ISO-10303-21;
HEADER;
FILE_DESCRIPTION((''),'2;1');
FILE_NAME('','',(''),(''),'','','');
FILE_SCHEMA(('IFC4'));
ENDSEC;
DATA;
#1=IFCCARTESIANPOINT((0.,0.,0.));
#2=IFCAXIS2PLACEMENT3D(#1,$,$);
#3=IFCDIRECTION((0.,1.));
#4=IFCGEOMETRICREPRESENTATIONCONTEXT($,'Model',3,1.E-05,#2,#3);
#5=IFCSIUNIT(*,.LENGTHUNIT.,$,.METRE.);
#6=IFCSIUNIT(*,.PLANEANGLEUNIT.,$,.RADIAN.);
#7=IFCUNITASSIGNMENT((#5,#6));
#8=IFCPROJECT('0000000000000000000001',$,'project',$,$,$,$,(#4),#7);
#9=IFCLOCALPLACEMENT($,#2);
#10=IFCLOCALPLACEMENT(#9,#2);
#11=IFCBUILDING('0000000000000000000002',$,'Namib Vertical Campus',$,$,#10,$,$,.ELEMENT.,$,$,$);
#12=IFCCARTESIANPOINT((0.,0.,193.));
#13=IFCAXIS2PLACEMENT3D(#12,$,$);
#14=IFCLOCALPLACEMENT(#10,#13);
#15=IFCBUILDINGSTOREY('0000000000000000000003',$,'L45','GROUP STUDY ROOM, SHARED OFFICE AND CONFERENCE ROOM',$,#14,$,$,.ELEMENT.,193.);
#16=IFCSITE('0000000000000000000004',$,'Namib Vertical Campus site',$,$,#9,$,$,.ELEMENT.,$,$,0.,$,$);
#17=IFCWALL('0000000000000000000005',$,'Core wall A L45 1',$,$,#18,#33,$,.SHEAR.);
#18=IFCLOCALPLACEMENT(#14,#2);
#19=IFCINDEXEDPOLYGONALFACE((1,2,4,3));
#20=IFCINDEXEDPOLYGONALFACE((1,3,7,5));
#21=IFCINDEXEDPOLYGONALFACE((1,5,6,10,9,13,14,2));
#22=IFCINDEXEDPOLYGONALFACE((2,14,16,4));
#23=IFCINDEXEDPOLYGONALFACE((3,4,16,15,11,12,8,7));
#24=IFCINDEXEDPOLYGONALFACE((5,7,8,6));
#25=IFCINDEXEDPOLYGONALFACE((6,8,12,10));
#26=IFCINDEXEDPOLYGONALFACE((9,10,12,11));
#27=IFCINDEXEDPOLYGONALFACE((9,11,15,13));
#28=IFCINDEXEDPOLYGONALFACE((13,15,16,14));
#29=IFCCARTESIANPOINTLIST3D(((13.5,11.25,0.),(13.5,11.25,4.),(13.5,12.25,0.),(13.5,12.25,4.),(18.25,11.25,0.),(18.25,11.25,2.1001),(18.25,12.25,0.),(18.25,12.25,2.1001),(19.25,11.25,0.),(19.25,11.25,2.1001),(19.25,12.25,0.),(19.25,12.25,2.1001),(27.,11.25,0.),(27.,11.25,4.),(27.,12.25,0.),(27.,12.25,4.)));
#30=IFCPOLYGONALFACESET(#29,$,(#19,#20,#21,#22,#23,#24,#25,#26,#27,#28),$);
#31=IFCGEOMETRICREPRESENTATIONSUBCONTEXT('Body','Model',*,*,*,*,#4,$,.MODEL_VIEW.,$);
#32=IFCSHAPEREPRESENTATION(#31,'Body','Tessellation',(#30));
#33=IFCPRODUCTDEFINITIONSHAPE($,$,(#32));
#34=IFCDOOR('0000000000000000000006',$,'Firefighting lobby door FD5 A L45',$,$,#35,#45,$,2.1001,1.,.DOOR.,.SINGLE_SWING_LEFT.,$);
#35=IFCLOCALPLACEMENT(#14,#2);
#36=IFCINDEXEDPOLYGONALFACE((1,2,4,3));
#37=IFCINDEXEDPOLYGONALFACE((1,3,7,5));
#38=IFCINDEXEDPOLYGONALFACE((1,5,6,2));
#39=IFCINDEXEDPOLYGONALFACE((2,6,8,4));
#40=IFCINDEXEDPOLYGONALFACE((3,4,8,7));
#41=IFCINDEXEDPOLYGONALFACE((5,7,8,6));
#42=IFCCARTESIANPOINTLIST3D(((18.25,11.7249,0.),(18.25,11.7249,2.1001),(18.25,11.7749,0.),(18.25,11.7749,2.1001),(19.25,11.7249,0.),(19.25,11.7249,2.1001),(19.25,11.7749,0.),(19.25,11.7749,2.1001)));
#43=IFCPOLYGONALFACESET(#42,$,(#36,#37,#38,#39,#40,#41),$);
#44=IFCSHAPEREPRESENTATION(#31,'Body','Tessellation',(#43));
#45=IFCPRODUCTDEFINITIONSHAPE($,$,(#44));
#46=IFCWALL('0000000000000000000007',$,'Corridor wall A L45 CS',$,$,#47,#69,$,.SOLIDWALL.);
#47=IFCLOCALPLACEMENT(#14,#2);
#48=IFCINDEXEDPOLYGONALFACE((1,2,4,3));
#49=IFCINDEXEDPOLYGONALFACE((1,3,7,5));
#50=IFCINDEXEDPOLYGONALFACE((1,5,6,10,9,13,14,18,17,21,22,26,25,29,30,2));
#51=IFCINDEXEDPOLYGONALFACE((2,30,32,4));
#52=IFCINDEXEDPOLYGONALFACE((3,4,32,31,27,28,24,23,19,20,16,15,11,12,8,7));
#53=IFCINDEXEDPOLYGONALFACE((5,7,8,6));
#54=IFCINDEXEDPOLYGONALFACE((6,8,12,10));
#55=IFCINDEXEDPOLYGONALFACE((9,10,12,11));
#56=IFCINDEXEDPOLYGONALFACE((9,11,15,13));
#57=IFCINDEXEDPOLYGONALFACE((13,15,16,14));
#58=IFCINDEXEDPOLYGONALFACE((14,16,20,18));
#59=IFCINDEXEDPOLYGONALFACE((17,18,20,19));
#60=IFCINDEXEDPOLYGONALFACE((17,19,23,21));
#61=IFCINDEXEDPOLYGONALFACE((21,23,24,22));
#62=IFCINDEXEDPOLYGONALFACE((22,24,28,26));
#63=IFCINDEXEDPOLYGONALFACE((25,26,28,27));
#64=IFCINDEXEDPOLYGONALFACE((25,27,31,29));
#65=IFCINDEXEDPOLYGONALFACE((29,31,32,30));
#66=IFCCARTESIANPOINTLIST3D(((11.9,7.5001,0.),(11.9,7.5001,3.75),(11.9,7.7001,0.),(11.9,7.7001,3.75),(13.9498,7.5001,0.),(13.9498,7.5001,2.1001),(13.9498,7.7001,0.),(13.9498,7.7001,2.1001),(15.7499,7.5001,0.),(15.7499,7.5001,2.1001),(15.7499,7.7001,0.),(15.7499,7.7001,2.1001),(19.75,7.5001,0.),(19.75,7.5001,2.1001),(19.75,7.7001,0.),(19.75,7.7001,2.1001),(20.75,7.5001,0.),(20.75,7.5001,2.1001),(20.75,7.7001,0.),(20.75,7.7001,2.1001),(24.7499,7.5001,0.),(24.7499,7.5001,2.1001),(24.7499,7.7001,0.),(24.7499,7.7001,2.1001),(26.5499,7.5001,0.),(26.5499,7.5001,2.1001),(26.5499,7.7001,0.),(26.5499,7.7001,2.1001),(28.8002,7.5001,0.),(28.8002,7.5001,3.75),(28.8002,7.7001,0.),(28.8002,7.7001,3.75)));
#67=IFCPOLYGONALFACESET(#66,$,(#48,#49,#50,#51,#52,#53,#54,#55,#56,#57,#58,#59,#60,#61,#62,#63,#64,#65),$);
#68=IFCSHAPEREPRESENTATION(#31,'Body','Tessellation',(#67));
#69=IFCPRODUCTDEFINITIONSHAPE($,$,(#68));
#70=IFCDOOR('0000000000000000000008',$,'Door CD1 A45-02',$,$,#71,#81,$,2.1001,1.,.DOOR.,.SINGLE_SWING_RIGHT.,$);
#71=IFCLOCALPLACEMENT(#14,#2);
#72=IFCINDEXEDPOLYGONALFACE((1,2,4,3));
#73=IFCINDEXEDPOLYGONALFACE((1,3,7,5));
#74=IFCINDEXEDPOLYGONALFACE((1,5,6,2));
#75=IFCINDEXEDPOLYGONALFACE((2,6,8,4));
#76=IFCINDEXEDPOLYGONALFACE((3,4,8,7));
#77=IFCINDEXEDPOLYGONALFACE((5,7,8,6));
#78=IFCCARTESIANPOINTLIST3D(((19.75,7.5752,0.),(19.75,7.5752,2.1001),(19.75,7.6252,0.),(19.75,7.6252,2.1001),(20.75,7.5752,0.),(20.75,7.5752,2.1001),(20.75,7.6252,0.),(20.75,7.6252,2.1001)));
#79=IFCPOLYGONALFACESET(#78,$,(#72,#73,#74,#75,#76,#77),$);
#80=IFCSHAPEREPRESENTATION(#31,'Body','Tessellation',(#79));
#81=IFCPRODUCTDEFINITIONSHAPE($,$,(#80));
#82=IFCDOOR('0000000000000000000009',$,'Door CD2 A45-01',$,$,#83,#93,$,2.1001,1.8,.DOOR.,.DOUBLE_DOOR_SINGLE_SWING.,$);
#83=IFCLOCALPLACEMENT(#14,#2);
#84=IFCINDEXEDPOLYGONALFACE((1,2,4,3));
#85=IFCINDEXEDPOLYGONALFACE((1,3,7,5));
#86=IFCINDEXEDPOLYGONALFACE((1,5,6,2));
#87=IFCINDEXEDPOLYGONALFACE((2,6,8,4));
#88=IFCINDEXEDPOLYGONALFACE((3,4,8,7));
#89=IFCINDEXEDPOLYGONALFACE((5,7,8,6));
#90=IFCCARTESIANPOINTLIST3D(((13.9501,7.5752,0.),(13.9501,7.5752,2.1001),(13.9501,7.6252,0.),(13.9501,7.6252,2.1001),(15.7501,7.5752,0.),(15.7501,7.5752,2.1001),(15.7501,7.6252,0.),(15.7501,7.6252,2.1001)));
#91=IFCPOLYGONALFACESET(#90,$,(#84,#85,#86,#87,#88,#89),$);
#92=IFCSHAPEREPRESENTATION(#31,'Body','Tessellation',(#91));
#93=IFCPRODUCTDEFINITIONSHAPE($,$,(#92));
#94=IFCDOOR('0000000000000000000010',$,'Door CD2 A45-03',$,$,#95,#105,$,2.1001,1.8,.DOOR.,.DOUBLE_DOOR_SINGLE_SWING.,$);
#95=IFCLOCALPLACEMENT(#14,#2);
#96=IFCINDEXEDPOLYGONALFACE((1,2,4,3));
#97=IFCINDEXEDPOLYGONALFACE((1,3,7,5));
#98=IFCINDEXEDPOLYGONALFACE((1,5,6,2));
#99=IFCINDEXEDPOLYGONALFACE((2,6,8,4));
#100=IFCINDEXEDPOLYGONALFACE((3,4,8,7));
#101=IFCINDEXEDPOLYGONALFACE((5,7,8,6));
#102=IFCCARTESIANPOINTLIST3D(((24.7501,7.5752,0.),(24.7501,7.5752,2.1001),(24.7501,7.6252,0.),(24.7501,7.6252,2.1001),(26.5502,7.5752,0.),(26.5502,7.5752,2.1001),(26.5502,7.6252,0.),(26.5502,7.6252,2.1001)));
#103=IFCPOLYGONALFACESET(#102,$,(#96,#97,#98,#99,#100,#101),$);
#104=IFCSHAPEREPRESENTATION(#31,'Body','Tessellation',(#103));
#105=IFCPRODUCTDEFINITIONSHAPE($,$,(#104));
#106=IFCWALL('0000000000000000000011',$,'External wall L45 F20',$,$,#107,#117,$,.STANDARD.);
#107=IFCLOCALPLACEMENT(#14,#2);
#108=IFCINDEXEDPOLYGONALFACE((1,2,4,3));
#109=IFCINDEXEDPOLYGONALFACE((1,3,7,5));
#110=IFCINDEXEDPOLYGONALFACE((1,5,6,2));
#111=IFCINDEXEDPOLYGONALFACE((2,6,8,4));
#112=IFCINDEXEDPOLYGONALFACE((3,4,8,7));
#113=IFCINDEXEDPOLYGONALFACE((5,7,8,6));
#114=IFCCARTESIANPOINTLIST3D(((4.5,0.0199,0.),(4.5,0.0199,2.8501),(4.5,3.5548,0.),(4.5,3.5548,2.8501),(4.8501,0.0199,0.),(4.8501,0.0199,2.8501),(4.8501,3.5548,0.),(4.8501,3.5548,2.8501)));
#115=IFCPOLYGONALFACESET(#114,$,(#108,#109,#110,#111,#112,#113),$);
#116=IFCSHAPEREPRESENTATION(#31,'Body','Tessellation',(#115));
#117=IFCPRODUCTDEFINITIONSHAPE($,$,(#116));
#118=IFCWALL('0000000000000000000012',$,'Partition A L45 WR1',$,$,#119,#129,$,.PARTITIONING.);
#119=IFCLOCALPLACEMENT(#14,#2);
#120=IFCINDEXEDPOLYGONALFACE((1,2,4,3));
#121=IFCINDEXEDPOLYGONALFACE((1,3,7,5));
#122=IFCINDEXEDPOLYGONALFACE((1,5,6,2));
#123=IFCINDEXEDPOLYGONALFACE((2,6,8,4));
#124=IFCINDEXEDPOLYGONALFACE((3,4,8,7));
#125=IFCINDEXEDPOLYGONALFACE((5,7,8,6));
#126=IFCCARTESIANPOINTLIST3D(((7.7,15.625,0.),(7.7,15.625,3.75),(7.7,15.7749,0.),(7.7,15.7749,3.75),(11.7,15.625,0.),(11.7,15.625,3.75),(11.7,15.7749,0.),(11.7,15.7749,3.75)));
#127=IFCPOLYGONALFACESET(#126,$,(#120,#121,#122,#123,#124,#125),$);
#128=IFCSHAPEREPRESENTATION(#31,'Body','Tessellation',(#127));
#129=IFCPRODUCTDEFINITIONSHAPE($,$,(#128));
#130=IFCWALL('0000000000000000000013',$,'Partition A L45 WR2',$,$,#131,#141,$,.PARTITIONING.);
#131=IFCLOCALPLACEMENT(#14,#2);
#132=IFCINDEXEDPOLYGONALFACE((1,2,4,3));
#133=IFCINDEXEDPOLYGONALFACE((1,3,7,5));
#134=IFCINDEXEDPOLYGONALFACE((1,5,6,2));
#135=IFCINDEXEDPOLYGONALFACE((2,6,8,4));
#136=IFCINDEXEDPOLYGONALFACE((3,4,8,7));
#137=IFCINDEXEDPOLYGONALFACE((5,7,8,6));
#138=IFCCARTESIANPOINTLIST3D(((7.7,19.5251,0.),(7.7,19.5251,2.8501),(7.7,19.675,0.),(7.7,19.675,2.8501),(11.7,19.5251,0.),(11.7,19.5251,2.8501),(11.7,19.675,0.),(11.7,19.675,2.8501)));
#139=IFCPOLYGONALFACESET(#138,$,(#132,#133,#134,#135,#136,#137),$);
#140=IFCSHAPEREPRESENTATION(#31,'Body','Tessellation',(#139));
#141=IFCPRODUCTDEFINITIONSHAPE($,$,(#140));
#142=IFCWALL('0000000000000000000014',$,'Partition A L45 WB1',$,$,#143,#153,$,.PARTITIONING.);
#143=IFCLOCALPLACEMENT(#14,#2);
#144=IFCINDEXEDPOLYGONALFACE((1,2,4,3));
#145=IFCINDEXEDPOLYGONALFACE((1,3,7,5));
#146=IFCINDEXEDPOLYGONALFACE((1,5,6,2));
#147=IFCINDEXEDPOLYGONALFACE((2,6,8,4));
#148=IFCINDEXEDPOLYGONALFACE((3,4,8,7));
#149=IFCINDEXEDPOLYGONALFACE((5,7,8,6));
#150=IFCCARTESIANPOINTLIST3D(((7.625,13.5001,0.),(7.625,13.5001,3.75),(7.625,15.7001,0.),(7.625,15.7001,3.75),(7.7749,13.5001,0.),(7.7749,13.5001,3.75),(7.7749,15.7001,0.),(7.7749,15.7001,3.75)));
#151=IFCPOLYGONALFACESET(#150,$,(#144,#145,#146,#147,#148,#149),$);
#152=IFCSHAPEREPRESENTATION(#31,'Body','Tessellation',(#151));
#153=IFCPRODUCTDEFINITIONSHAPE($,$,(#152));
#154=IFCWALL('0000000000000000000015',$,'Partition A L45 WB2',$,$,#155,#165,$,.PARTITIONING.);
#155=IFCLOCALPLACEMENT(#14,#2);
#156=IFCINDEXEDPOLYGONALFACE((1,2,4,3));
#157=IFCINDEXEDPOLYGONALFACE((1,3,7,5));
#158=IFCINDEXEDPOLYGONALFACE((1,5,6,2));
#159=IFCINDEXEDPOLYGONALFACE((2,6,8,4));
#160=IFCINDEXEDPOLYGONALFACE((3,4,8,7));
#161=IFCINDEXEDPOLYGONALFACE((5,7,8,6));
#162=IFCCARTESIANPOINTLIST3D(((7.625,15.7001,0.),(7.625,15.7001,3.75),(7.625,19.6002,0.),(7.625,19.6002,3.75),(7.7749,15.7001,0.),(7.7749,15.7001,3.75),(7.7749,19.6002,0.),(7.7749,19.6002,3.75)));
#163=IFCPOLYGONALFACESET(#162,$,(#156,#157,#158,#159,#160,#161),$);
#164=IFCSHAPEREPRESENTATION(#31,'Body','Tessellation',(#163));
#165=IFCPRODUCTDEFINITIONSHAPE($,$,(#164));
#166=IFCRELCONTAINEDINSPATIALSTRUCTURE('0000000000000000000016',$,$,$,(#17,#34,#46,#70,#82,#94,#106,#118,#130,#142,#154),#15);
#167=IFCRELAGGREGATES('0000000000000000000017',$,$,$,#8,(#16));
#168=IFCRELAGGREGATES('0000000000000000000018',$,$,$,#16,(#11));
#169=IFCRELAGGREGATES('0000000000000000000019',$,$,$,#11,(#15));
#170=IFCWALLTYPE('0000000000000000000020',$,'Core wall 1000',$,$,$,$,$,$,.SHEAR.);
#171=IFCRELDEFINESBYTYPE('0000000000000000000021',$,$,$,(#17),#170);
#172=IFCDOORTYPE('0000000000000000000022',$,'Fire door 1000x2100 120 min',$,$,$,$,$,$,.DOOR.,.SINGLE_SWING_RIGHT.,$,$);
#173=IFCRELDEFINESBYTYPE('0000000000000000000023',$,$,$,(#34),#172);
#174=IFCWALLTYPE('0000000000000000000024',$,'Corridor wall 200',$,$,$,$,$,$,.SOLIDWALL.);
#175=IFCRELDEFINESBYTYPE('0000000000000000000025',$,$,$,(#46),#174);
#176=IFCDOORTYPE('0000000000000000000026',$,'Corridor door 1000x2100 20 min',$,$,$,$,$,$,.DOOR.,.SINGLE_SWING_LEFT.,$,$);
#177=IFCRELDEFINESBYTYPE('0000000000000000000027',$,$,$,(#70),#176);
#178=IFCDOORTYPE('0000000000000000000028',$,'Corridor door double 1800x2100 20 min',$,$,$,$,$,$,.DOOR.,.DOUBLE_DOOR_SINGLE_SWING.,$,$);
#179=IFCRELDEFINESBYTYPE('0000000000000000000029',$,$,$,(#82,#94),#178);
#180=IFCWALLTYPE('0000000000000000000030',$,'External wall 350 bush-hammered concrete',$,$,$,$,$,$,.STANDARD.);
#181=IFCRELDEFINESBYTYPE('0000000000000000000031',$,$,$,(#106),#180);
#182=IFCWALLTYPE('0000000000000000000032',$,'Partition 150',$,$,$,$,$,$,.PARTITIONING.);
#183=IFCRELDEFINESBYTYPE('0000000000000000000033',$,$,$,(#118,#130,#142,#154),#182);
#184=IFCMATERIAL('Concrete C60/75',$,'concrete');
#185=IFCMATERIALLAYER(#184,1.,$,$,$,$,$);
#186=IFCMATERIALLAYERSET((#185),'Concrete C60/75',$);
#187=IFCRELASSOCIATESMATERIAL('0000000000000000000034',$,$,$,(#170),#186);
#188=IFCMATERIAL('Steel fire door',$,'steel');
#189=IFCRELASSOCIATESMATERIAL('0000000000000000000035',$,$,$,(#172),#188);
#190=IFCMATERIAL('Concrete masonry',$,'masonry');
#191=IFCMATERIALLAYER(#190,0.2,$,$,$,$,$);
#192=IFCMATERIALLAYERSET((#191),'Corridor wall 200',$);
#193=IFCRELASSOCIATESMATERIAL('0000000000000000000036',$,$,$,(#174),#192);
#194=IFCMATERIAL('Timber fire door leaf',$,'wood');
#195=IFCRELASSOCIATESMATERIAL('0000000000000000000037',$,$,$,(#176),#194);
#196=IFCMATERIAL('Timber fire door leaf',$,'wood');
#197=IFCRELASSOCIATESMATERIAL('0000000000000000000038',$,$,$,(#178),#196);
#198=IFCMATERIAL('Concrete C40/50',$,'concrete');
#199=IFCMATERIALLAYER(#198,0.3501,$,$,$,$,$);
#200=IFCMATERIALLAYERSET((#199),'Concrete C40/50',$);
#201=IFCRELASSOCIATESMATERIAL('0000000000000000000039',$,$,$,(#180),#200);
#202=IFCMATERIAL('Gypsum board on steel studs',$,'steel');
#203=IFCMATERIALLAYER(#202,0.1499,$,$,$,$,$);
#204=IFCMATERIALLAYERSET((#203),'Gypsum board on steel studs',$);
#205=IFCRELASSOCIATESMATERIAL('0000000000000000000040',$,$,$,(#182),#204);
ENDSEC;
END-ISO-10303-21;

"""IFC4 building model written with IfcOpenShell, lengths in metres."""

from ifc_helpers import new_model, si_unit, direction, frame, frame_2d, origin, place, context, subcontext, project, spatial, rectangle, extrude, material, layer, layer_set, type_object, element, fill, save


model = new_model("IFC4")

# Units and contexts
model_context = context("Model", 3, precision=1e-05, world=origin(), true_north=direction((0.0, 1.0)))
body_context = subcontext(model_context, "Body", "Model", "MODEL_VIEW")
ifc_project = project(units=[si_unit("LENGTHUNIT", "METRE"), si_unit("PLANEANGLEUNIT", "RADIAN")], contexts=[model_context])

# Site, building, storey
site_placement = place(None, origin())
site = spatial("IfcSite", under=ifc_project, at=site_placement, Name="Namib Vertical Campus site", CompositionType="ELEMENT", RefElevation=0.0)
building_placement = place(site_placement, origin())
building = spatial("IfcBuilding", under=site, at=building_placement, Name="Namib Vertical Campus", CompositionType="ELEMENT")
storey_placement = place(building_placement, frame((0.0, 0.0, 193.0)))
storey = spatial("IfcBuildingStorey", under=building, at=storey_placement, Name="L45", Description="GROUP STUDY ROOM, SHARED OFFICE AND CONFERENCE ROOM", CompositionType="ELEMENT", Elevation=193.0)

# Wall, opening, door
ifc_material_1 = material(Name="Concrete C60/75", Category="concrete")
ifc_layer_1 = layer(ifc_material_1, 1.0)
ifc_layer_set_1 = layer_set([ifc_layer_1], Name="Concrete C60/75")
wall_type_1 = type_object("IfcWallType", Name="Core wall 1000", PredefinedType="SHEAR", material=ifc_layer_set_1)
wall_1_placement = place(storey_placement, frame((13.5, 11.75, 0.0), z_axis=(0.0, 0.0, 1.0), x_axis=(1.0, 0.0, 0.0)))
wall_1 = element("IfcWall", 1, at=wall_1_placement, inside=storey, type_object=wall_type_1, Name="Core wall A L45 1", PredefinedType="SHEAR", context=body_context, shape_type="SweptSolid", body=[
    extrude(rectangle(XDim=13.5, YDim=1.0, at=frame_2d((6.75, 0.0))), origin(), (0.0, 0.0, 1.0), 4.0),
])
opening_1_placement = place(wall_1_placement, frame((4.75, 0.0, 0.0)))
opening_1 = element("IfcOpeningElement", 2, at=opening_1_placement, cuts=wall_1, PredefinedType="OPENING", context=body_context, shape_type="SweptSolid", body=[
    extrude(rectangle(XDim=1.0, YDim=2.1001, at=frame_2d((0.5, 1.05))), frame((0.0, 0.51, 0.0), z_axis=(0.0, -1.0, 0.0), x_axis=(1.0, 0.0, 0.0)), (0.0, 0.0, 1.0), 1.02),
])
ifc_material_2 = material(Name="Steel fire door", Category="steel")
door_type_1 = type_object("IfcDoorType", Name="Fire door 1000x2100 120 min", OperationType="SINGLE_SWING_RIGHT", PredefinedType="DOOR", material=ifc_material_2)
door_1_placement = place(opening_1_placement, origin())
door_1 = element("IfcDoor", 3, at=door_1_placement, inside=storey, type_object=door_type_1, Name="Firefighting lobby door FD5 A L45", OperationType="SINGLE_SWING_LEFT", OverallHeight=2.1001, OverallWidth=1.0, PredefinedType="DOOR", context=body_context, shape_type="SweptSolid", body=[
    extrude(rectangle(XDim=1.0, YDim=2.1001, at=frame_2d((0.5, 1.05))), frame((0.0, 0.0249, 0.0), z_axis=(0.0, -1.0, 0.0), x_axis=(1.0, 0.0, 0.0)), (0.0, 0.0, 1.0), 0.05),
])
fill(opening_1, door_1)

# Wall, openings, doors
ifc_material_3 = material(Name="Concrete masonry", Category="masonry")
ifc_layer_2 = layer(ifc_material_3, 0.2)
ifc_layer_set_2 = layer_set([ifc_layer_2], Name="Corridor wall 200")
wall_type_2 = type_object("IfcWallType", Name="Corridor wall 200", PredefinedType="SOLIDWALL", material=ifc_layer_set_2)
wall_2_placement = place(storey_placement, frame((11.8999, 7.6001, 0.0), z_axis=(0.0, 0.0, 1.0), x_axis=(1.0, 0.0, 0.0)))
wall_2 = element("IfcWall", 4, at=wall_2_placement, inside=storey, type_object=wall_type_2, Name="Corridor wall A L45 CS", PredefinedType="SOLIDWALL", context=body_context, shape_type="SweptSolid", body=[
    extrude(rectangle(XDim=16.9001, YDim=0.2, at=frame_2d((8.4502, 0.0))), origin(), (0.0, 0.0, 1.0), 3.75),
])
opening_2_placement = place(wall_2_placement, frame((2.05, 0.0, 0.0)))
opening_2 = element("IfcOpeningElement", 5, at=opening_2_placement, cuts=wall_2, PredefinedType="OPENING", context=body_context, shape_type="SweptSolid", body=[
    extrude(rectangle(XDim=1.8, YDim=2.1001, at=frame_2d((0.8999, 1.05))), frame((0.0, 0.1099, 0.0), z_axis=(0.0, -1.0, 0.0), x_axis=(1.0, 0.0, 0.0)), (0.0, 0.0, 1.0), 0.22),
])
opening_3_placement = place(wall_2_placement, frame((7.8501, 0.0, 0.0)))
opening_3 = element("IfcOpeningElement", 6, at=opening_3_placement, cuts=wall_2, PredefinedType="OPENING", context=body_context, shape_type="SweptSolid", body=[
    extrude(rectangle(XDim=1.0, YDim=2.1001, at=frame_2d((0.5, 1.05))), frame((0.0, 0.1099, 0.0), z_axis=(0.0, -1.0, 0.0), x_axis=(1.0, 0.0, 0.0)), (0.0, 0.0, 1.0), 0.22),
])
opening_4_placement = place(wall_2_placement, frame((12.8501, 0.0, 0.0)))
opening_4 = element("IfcOpeningElement", 7, at=opening_4_placement, cuts=wall_2, PredefinedType="OPENING", context=body_context, shape_type="SweptSolid", body=[
    extrude(rectangle(XDim=1.8, YDim=2.1001, at=frame_2d((0.8999, 1.05))), frame((0.0, 0.1099, 0.0), z_axis=(0.0, -1.0, 0.0), x_axis=(1.0, 0.0, 0.0)), (0.0, 0.0, 1.0), 0.22),
])
ifc_material_4 = material(Name="Timber fire door leaf", Category="wood")
door_type_2 = type_object("IfcDoorType", Name="Corridor door 1000x2100 20 min", OperationType="SINGLE_SWING_LEFT", PredefinedType="DOOR", material=ifc_material_4)
door_2_placement = place(opening_3_placement, frame((1.0, 0.0, 0.0), z_axis=(0.0, 0.0, 1.0), x_axis=(-1.0, 0.0, 0.0)))
door_2 = element("IfcDoor", 8, at=door_2_placement, inside=storey, type_object=door_type_2, Name="Door CD1 A45-02", OperationType="SINGLE_SWING_RIGHT", OverallHeight=2.1001, OverallWidth=1.0, PredefinedType="DOOR", context=body_context, shape_type="SweptSolid", body=[
    extrude(rectangle(XDim=1.0, YDim=2.1001, at=frame_2d((0.5, 1.05))), frame((0.0, 0.0249, 0.0), z_axis=(0.0, -1.0, 0.0), x_axis=(1.0, 0.0, 0.0)), (0.0, 0.0, 1.0), 0.05),
])
fill(opening_3, door_2)
ifc_material_5 = material(Name="Timber fire door leaf", Category="wood")
door_type_3 = type_object("IfcDoorType", Name="Corridor door double 1800x2100 20 min", OperationType="DOUBLE_DOOR_SINGLE_SWING", PredefinedType="DOOR", material=ifc_material_5)
door_3_placement = place(opening_2_placement, frame((1.8, 0.0, 0.0), z_axis=(0.0, 0.0, 1.0), x_axis=(-1.0, 0.0, 0.0)))
door_3 = element("IfcDoor", 9, at=door_3_placement, inside=storey, type_object=door_type_3, Name="Door CD2 A45-01", OperationType="DOUBLE_DOOR_SINGLE_SWING", OverallHeight=2.1001, OverallWidth=1.8, PredefinedType="DOOR", context=body_context, shape_type="SweptSolid", body=[
    extrude(rectangle(XDim=1.8, YDim=2.1001, at=frame_2d((0.8999, 1.05))), frame((0.0, 0.0249, 0.0), z_axis=(0.0, -1.0, 0.0), x_axis=(1.0, 0.0, 0.0)), (0.0, 0.0, 1.0), 0.05),
])
fill(opening_2, door_3)
door_4_placement = place(opening_4_placement, frame((1.8, 0.0, 0.0), z_axis=(0.0, 0.0, 1.0), x_axis=(-1.0, 0.0, 0.0)))
door_4 = element("IfcDoor", 10, at=door_4_placement, inside=storey, type_object=door_type_3, Name="Door CD2 A45-03", OperationType="DOUBLE_DOOR_SINGLE_SWING", OverallHeight=2.1001, OverallWidth=1.8, PredefinedType="DOOR", context=body_context, shape_type="SweptSolid", body=[
    extrude(rectangle(XDim=1.8, YDim=2.1001, at=frame_2d((0.8999, 1.05))), frame((0.0, 0.0249, 0.0), z_axis=(0.0, -1.0, 0.0), x_axis=(1.0, 0.0, 0.0)), (0.0, 0.0, 1.0), 0.05),
])
fill(opening_4, door_4)

# Walls
ifc_material_6 = material(Name="Concrete C40/50", Category="concrete")
ifc_layer_3 = layer(ifc_material_6, 0.3501)
ifc_layer_set_3 = layer_set([ifc_layer_3], Name="Concrete C40/50")
wall_type_3 = type_object("IfcWallType", Name="External wall 350 bush-hammered concrete", PredefinedType="STANDARD", material=ifc_layer_set_3)
wall_3_placement = place(storey_placement, frame((4.675, 3.5549, 0.0), z_axis=(0.0, 0.0, 1.0), x_axis=(0.0, -1.0, 0.0)))
element("IfcWall", 11, at=wall_3_placement, inside=storey, type_object=wall_type_3, Name="External wall L45 F20", PredefinedType="STANDARD", context=body_context, shape_type="SweptSolid", body=[
    extrude(rectangle(XDim=3.5349, YDim=0.3501, at=frame_2d((1.7676, 0.0))), origin(), (0.0, 0.0, 1.0), 2.8501),
])
ifc_material_7 = material(Name="Gypsum board on steel studs", Category="steel")
ifc_layer_4 = layer(ifc_material_7, 0.1499)
ifc_layer_set_4 = layer_set([ifc_layer_4], Name="Gypsum board on steel studs")
wall_type_4 = type_object("IfcWallType", Name="Partition 150", PredefinedType="PARTITIONING", material=ifc_layer_set_4)
wall_4_placement = place(storey_placement, frame((11.7, 15.7, 0.0), z_axis=(0.0, 0.0, 1.0), x_axis=(-1.0, 0.0, 0.0)))
element("IfcWall", 12, at=wall_4_placement, inside=storey, type_object=wall_type_4, Name="Partition A L45 WR1", PredefinedType="PARTITIONING", context=body_context, shape_type="SweptSolid", body=[
    extrude(rectangle(XDim=4.0, YDim=0.1499, at=frame_2d((2.0, 0.0))), origin(), (0.0, 0.0, 1.0), 3.75),
])
wall_5_placement = place(storey_placement, frame((11.7, 19.6001, 0.0), z_axis=(0.0, 0.0, 1.0), x_axis=(-1.0, 0.0, 0.0)))
element("IfcWall", 13, at=wall_5_placement, inside=storey, type_object=wall_type_4, Name="Partition A L45 WR2", PredefinedType="PARTITIONING", context=body_context, shape_type="SweptSolid", body=[
    extrude(rectangle(XDim=4.0, YDim=0.1499, at=frame_2d((2.0, 0.0))), origin(), (0.0, 0.0, 1.0), 2.8501),
])
wall_6_placement = place(storey_placement, frame((7.7, 13.5, 0.0), z_axis=(0.0, 0.0, 1.0), x_axis=(0.0, 1.0, 0.0)))
element("IfcWall", 14, at=wall_6_placement, inside=storey, type_object=wall_type_4, Name="Partition A L45 WB1", PredefinedType="PARTITIONING", context=body_context, shape_type="SweptSolid", body=[
    extrude(rectangle(XDim=2.2, YDim=0.1499, at=frame_2d((1.1001, 0.0))), origin(), (0.0, 0.0, 1.0), 3.75),
])
wall_7_placement = place(storey_placement, frame((7.7, 15.7, 0.0), z_axis=(0.0, 0.0, 1.0), x_axis=(0.0, 1.0, 0.0)))
element("IfcWall", 15, at=wall_7_placement, inside=storey, type_object=wall_type_4, Name="Partition A L45 WB2", PredefinedType="PARTITIONING", context=body_context, shape_type="SweptSolid", body=[
    extrude(rectangle(XDim=3.9001, YDim=0.1499, at=frame_2d((1.9502, 0.0))), origin(), (0.0, 0.0, 1.0), 3.75),
])

save(model, "model.ifc")
